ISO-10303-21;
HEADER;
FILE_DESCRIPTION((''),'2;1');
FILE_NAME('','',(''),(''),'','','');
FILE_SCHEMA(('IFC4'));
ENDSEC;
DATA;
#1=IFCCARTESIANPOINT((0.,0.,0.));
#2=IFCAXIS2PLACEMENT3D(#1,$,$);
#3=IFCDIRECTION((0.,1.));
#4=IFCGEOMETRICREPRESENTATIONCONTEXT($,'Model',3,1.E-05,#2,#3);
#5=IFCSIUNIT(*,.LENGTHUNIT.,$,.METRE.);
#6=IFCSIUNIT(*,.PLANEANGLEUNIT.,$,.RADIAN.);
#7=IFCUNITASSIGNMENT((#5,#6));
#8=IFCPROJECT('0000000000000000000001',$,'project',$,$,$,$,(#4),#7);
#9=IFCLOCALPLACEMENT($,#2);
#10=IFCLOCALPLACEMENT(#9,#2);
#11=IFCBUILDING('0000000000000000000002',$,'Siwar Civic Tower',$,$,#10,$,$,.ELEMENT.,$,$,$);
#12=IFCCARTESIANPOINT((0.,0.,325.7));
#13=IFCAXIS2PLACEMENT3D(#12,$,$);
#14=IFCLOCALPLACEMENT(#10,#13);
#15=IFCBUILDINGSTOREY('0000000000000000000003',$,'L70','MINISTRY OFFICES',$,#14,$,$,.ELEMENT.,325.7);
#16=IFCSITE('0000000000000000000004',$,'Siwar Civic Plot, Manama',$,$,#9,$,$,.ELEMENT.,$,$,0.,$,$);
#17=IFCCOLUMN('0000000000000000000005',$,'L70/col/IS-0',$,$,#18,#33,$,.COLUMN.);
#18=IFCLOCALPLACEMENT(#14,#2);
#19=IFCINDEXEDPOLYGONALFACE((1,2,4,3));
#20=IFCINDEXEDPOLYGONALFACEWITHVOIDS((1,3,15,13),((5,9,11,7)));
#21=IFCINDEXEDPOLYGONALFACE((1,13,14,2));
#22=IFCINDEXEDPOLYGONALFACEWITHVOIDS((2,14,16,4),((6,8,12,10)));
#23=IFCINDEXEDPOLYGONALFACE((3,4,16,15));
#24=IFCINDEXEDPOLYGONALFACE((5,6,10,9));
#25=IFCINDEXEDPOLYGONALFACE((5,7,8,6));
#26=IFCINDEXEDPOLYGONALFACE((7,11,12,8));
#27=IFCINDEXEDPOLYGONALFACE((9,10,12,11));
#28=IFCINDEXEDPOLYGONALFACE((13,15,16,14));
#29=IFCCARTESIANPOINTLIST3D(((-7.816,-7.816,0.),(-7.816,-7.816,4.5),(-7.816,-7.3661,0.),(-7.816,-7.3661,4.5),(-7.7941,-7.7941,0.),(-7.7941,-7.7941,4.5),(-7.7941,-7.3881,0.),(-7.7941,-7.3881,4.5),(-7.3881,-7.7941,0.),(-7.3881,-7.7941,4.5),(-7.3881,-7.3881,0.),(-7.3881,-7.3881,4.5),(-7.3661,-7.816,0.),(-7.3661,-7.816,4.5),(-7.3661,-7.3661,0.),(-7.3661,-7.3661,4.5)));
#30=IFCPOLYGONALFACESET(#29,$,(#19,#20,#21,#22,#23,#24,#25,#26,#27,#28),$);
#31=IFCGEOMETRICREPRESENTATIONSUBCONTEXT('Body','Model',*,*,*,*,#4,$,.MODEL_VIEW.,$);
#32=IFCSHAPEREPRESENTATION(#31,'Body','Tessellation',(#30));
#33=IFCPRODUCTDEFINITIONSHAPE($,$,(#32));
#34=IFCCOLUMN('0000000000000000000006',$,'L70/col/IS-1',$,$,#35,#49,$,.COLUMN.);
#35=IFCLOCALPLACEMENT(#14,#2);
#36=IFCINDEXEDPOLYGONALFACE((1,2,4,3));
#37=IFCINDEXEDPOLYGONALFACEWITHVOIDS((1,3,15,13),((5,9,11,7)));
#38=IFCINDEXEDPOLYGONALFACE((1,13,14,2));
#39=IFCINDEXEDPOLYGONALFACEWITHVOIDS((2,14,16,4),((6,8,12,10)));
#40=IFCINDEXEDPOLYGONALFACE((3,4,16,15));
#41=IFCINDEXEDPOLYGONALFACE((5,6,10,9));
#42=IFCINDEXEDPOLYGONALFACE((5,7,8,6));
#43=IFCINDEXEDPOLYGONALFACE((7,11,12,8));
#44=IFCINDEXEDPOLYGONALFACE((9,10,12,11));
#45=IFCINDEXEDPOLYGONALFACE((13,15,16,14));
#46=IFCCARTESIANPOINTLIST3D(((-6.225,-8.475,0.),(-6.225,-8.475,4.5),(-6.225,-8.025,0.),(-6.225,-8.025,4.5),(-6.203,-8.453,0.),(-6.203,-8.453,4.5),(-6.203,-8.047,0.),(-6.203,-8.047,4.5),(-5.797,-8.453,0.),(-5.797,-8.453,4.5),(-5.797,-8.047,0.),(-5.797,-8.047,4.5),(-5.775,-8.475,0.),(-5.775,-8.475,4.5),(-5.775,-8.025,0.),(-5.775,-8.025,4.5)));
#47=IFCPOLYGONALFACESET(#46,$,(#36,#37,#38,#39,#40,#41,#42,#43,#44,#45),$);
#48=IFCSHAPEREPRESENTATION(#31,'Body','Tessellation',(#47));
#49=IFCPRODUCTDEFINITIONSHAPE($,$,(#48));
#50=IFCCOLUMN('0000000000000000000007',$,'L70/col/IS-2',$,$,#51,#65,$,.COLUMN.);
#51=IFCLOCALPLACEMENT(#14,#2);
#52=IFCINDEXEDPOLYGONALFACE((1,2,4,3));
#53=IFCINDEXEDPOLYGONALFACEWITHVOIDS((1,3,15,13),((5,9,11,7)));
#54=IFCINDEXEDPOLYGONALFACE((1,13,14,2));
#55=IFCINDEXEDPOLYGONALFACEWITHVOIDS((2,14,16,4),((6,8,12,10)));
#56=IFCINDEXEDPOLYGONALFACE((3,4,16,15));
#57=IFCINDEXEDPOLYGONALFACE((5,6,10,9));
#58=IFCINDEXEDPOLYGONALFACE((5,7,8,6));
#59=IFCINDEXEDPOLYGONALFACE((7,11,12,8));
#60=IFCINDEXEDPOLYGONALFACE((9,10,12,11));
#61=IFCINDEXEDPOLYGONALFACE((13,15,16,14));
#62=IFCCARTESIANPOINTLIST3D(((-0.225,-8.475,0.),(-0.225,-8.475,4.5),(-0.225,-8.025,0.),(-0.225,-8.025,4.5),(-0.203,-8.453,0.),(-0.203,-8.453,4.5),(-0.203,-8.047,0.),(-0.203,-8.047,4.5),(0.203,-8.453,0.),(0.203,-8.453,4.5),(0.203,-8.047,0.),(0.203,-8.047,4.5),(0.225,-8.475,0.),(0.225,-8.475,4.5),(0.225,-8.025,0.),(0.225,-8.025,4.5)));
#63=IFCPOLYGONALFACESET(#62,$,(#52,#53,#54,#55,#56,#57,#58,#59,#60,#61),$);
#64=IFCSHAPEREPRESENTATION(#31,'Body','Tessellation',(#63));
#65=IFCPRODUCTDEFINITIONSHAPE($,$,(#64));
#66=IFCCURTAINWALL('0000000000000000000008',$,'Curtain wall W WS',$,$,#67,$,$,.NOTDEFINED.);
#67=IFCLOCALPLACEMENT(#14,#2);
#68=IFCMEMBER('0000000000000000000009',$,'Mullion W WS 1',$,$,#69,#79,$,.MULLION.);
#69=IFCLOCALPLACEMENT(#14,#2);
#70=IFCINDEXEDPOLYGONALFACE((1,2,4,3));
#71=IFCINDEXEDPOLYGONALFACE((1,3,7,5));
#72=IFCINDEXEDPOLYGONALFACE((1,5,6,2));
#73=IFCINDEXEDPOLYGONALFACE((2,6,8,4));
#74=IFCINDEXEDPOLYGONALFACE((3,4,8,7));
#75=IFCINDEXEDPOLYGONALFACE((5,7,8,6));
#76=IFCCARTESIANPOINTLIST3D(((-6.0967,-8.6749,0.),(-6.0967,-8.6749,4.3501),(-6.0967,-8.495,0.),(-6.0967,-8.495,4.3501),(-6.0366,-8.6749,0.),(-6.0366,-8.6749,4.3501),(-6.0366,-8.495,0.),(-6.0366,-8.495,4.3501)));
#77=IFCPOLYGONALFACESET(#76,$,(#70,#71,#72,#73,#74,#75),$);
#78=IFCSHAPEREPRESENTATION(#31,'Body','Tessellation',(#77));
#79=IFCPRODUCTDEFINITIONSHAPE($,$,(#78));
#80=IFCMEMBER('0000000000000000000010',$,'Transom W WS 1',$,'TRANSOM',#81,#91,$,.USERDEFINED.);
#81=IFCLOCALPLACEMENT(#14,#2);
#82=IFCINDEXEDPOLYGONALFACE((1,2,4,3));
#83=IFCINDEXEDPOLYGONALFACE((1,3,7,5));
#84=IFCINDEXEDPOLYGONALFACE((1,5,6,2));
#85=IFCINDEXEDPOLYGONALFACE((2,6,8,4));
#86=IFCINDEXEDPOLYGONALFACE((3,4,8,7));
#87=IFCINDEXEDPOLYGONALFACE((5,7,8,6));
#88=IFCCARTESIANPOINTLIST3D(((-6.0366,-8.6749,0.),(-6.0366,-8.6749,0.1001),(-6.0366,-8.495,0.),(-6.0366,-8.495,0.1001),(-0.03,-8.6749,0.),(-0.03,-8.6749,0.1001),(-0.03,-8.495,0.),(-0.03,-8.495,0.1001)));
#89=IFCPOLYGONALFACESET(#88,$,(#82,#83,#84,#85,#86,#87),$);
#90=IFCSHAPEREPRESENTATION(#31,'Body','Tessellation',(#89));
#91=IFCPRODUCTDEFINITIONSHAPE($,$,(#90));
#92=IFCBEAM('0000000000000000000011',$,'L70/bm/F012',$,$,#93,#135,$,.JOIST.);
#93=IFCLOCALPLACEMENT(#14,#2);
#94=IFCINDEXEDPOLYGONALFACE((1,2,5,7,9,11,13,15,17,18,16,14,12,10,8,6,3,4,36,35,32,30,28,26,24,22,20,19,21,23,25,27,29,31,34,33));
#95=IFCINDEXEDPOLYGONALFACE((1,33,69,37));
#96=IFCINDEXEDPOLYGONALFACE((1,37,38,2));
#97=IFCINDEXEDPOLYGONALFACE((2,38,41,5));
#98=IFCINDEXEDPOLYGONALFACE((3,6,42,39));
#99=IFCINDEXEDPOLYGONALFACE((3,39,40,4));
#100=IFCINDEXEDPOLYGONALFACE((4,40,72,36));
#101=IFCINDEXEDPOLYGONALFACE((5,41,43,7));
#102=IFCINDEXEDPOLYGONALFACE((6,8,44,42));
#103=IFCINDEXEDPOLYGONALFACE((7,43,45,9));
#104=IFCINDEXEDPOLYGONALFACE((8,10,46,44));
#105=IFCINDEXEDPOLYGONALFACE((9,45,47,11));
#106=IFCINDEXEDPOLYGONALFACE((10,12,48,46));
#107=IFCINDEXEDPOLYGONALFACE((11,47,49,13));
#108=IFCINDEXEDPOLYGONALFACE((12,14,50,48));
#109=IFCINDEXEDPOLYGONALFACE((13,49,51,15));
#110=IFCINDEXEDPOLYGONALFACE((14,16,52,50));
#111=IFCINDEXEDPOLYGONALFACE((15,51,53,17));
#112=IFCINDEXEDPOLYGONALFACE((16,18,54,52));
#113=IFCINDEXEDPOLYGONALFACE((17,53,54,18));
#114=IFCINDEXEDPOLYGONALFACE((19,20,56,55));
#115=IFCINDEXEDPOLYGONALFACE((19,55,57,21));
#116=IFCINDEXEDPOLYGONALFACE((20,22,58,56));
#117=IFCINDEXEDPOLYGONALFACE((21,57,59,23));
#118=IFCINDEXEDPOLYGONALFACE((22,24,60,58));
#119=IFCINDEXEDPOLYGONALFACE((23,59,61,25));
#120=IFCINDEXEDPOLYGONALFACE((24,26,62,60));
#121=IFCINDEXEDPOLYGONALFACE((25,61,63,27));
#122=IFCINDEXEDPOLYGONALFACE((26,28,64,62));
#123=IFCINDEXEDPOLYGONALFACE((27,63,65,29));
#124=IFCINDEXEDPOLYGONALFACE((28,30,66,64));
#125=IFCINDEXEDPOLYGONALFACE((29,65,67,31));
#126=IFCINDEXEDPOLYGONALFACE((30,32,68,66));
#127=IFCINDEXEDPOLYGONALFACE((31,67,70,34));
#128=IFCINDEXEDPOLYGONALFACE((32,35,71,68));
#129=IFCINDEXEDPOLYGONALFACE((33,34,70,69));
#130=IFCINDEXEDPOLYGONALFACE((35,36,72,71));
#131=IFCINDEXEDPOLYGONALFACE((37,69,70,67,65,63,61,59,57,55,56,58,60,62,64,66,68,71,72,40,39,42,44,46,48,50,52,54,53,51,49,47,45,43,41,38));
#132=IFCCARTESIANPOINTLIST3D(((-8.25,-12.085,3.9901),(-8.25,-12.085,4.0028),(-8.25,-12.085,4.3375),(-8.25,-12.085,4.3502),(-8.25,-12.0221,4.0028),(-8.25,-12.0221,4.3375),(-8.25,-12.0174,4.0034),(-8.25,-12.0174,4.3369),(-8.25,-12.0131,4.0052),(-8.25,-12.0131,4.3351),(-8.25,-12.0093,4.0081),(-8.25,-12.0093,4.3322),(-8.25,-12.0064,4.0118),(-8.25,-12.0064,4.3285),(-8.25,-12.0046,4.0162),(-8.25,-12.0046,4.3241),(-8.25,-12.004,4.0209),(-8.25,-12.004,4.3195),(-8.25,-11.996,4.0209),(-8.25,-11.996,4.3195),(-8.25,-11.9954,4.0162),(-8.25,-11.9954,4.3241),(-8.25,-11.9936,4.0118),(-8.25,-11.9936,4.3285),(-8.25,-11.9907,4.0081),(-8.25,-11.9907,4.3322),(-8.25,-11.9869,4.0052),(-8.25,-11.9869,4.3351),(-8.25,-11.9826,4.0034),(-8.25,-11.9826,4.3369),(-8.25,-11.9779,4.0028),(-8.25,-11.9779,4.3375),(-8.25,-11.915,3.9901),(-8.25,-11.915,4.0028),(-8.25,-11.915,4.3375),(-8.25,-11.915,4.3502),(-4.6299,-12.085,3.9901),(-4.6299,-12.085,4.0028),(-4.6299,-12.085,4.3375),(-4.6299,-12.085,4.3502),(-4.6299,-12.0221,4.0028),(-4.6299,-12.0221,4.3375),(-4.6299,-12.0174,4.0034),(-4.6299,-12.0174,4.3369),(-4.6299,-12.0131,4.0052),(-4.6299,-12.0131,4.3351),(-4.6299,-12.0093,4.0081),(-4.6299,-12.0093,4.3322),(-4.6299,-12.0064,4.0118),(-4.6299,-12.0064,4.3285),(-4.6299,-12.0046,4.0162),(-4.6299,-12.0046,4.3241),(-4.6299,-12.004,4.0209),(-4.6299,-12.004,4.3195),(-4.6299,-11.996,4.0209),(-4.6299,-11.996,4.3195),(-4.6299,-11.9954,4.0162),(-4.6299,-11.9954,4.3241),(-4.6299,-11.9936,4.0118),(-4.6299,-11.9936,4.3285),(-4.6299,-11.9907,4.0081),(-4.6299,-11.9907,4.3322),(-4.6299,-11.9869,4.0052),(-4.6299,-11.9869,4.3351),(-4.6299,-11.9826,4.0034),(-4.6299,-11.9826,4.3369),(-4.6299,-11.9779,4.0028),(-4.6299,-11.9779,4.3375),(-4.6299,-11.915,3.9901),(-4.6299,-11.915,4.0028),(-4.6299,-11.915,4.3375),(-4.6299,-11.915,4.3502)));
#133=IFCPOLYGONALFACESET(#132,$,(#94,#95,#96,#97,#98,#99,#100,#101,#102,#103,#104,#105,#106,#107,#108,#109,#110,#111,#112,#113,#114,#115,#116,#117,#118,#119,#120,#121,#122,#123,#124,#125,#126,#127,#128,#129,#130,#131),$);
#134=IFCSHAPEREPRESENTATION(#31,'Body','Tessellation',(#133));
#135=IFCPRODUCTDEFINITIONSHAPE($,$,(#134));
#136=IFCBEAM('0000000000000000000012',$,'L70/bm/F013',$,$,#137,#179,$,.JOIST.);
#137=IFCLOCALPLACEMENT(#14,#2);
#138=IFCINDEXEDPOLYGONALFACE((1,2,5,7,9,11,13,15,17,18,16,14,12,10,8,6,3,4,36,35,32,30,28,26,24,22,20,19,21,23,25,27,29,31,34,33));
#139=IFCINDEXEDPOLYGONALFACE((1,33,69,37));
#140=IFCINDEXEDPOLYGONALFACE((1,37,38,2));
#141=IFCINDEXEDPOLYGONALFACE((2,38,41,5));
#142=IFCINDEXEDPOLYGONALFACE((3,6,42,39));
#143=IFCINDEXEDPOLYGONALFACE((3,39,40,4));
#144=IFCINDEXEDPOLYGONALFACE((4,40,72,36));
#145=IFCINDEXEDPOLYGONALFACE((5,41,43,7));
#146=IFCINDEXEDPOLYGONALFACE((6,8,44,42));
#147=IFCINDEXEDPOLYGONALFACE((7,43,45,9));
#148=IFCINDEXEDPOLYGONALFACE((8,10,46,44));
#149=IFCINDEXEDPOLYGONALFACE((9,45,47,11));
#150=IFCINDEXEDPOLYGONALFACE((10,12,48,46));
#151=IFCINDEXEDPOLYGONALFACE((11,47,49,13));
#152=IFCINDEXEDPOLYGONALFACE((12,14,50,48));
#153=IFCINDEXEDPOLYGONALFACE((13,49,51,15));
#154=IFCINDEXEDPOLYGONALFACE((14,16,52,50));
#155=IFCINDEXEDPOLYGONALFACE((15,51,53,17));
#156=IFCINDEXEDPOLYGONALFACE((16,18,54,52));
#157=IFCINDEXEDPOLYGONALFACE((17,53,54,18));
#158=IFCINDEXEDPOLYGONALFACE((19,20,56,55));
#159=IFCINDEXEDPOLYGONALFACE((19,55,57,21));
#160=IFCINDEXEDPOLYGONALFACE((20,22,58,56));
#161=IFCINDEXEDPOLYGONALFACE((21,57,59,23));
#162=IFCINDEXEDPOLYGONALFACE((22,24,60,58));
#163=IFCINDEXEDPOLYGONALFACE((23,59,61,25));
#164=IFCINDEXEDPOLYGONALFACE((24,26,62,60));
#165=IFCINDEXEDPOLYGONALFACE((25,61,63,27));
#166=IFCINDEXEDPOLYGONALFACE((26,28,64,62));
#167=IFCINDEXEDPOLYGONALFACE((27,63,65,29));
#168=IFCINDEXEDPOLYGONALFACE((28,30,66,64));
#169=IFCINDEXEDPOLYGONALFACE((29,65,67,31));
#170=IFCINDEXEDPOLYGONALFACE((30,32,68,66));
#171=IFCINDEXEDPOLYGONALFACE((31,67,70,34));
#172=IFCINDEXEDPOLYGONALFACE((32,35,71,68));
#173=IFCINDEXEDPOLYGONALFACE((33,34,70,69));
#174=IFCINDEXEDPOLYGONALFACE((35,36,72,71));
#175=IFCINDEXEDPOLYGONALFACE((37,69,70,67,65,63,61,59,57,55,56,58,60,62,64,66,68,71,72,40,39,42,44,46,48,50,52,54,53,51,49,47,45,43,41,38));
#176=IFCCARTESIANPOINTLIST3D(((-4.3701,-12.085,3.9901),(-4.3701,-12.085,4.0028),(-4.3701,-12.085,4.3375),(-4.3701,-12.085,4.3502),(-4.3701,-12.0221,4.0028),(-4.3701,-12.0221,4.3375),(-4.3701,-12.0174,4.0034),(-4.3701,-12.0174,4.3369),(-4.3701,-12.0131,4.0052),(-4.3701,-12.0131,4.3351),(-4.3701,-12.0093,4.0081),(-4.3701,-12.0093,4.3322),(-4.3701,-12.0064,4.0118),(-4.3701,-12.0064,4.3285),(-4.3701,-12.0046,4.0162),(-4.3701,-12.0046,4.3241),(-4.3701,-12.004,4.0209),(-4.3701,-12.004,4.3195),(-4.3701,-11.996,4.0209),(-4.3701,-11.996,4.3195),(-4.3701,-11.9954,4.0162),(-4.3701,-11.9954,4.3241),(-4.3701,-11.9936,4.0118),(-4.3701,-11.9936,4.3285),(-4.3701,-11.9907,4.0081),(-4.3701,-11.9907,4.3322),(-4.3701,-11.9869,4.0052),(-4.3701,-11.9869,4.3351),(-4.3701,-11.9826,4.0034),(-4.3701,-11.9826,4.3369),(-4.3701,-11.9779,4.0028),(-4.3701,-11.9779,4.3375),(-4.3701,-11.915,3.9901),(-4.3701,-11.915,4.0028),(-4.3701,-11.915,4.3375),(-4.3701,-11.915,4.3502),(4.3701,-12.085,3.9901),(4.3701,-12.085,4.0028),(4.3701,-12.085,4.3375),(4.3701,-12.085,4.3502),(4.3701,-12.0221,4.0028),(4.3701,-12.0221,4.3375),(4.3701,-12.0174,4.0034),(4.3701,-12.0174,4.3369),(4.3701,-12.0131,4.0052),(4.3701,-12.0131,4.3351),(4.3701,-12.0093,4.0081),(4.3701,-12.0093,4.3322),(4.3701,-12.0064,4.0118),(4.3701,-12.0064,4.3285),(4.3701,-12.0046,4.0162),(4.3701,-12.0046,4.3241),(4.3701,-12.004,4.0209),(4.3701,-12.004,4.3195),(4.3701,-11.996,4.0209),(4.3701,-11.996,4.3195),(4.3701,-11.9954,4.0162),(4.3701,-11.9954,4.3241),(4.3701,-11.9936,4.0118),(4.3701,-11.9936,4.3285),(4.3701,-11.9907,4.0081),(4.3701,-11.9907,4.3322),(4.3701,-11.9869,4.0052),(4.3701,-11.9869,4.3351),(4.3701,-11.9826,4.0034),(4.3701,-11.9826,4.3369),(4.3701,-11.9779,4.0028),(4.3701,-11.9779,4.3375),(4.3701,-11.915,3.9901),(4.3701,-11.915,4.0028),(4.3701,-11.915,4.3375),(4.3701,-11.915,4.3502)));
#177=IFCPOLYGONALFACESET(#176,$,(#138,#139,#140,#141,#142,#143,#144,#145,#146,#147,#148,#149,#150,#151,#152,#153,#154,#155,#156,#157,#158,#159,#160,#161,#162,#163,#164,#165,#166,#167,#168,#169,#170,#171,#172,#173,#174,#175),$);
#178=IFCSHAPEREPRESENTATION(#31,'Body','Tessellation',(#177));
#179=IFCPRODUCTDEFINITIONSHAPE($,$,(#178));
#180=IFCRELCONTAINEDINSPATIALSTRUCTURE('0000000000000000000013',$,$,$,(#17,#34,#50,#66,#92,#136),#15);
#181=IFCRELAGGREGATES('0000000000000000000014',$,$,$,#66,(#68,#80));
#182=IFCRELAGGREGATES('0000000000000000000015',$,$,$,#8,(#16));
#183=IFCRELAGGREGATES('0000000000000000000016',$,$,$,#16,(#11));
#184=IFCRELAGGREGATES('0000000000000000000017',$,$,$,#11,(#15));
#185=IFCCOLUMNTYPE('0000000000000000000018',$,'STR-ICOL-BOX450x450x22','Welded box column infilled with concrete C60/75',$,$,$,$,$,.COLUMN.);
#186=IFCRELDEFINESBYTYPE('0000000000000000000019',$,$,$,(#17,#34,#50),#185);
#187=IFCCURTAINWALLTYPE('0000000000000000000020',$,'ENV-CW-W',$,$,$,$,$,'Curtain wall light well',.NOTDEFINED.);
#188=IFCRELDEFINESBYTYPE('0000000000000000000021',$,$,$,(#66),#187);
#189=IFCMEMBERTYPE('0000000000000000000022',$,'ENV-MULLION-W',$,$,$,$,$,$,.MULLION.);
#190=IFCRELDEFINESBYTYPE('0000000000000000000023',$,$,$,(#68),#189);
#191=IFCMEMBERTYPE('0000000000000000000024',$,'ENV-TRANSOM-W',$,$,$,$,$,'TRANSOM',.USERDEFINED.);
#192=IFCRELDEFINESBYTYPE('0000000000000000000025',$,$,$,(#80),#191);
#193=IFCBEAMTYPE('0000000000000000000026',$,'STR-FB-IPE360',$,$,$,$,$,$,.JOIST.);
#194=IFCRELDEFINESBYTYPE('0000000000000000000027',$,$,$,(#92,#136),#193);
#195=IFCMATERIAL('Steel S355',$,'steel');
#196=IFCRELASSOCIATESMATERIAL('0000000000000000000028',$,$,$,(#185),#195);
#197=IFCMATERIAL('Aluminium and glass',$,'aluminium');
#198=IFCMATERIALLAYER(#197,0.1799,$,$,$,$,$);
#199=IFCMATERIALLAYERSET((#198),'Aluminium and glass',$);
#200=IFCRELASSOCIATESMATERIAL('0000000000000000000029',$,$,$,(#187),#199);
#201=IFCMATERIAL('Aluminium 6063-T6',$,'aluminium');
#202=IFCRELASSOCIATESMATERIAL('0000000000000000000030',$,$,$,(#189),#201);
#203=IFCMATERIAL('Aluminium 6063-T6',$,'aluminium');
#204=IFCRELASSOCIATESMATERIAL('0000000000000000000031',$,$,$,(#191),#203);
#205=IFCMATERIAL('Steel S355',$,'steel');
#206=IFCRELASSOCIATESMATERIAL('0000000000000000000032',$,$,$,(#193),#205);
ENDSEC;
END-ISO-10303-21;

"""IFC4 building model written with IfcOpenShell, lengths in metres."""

from ifc_helpers import new_model, si_unit, direction, frame, origin, origin_2d, place, context, subcontext, project, spatial, rectangle, hollow_rectangle, i_section, extrude, material, layer, layer_set, material_profile, profile_set, type_object, element, aggregate, save


model = new_model("IFC4")

# Units and contexts
model_context = context("Model", 3, precision=1e-05, world=origin(), true_north=direction((0.0, 1.0)))
body_context = subcontext(model_context, "Body", "Model", "MODEL_VIEW")
ifc_project = project(units=[si_unit("LENGTHUNIT", "METRE"), si_unit("PLANEANGLEUNIT", "RADIAN")], contexts=[model_context])

# Site, building, storey
site_placement = place(None, origin())
site = spatial("IfcSite", under=ifc_project, at=site_placement, Name="Siwar Civic Plot, Manama", CompositionType="ELEMENT", RefElevation=0.0)
building_placement = place(site_placement, origin())
building = spatial("IfcBuilding", under=site, at=building_placement, Name="Siwar Civic Tower", CompositionType="ELEMENT")
storey_placement = place(building_placement, frame((0.0, 0.0, 325.7)))
storey = spatial("IfcBuildingStorey", under=building, at=storey_placement, Name="L70", Description="MINISTRY OFFICES", CompositionType="ELEMENT", Elevation=325.7)

# Columns
ifc_material_1 = material(Name="Steel S355", Category="steel")
ifc_material_profile_1 = material_profile(ifc_material_1, hollow_rectangle(XDim=0.45, YDim=0.45, WallThickness=0.022, at=origin_2d()), Name="BOX450x450x22")
ifc_profile_set_1 = profile_set([ifc_material_profile_1], Name="Steel S355")
column_type = type_object("IfcColumnType", Name="STR-ICOL-BOX450x450x22", Description="Welded box column infilled with concrete C60/75", PredefinedType="COLUMN", material=ifc_profile_set_1)
for number, where, z_axis, x_axis, name in (
    (1, (-7.5911, -7.5911, 0.0), (0.0, 0.0, 1.0), (1.0, 0.0, 0.0), "L70/col/IS-0"),
    (2, (-6.0, -8.25, 0.0), (0.0, 0.0, 1.0), (1.0, 0.0, 0.0), "L70/col/IS-1"),
    (3, (0.0, -8.25, 0.0), (0.0, 0.0, 1.0), (1.0, 0.0, 0.0), "L70/col/IS-2"),
):
    element("IfcColumn", number, at=place(storey_placement, frame(where, z_axis=z_axis, x_axis=x_axis)), inside=storey, type_object=column_type, Name=name, PredefinedType="COLUMN", context=body_context, shape_type="SweptSolid", body=[
        extrude(hollow_rectangle(XDim=0.45, YDim=0.45, WallThickness=0.022, at=origin_2d()), origin(), (0.0, 0.0, 1.0), 4.5),
    ])

# Curtain wall, members
ifc_material_2 = material(Name="Aluminium and glass", Category="aluminium")
ifc_layer_1 = layer(ifc_material_2, 0.1799)
ifc_layer_set_1 = layer_set([ifc_layer_1], Name="Aluminium and glass")
curtain_wall_type = type_object("IfcCurtainWallType", Name="ENV-CW-W", ElementType="Curtain wall light well", PredefinedType="NOTDEFINED", material=ifc_layer_set_1)
curtain_wall_placement = place(storey_placement, origin())
curtain_wall = element("IfcCurtainWall", 4, at=curtain_wall_placement, inside=storey, type_object=curtain_wall_type, Name="Curtain wall W WS", PredefinedType="NOTDEFINED")
ifc_material_3 = material(Name="Aluminium 6063-T6", Category="aluminium")
ifc_material_profile_2 = material_profile(ifc_material_3, rectangle(XDim=0.1799, YDim=0.0601, at=origin_2d()), Name="AL 180x60")
ifc_profile_set_2 = profile_set([ifc_material_profile_2], Name="Aluminium 6063-T6")
member_type_1 = type_object("IfcMemberType", Name="ENV-MULLION-W", PredefinedType="MULLION", material=ifc_profile_set_2)
member_1_placement = place(storey_placement, frame((-6.0667, -8.585, 0.0), z_axis=(0.0, 0.0, 1.0), x_axis=(0.0, 1.0, 0.0)))
member_1 = element("IfcMember", 5, at=member_1_placement, type_object=member_type_1, Name="Mullion W WS 1", PredefinedType="MULLION", context=body_context, shape_type="SweptSolid", body=[
    extrude(rectangle(XDim=0.1799, YDim=0.0601, at=origin_2d()), origin(), (0.0, 0.0, 1.0), 4.3501),
])
ifc_material_4 = material(Name="Aluminium 6063-T6", Category="aluminium")
ifc_material_profile_3 = material_profile(ifc_material_4, rectangle(XDim=0.1799, YDim=0.1001, at=origin_2d()), Name="AL 180x100")
ifc_profile_set_3 = profile_set([ifc_material_profile_3], Name="Aluminium 6063-T6")
member_type_2 = type_object("IfcMemberType", Name="ENV-TRANSOM-W", ElementType="TRANSOM", PredefinedType="USERDEFINED", material=ifc_profile_set_3)
member_2_placement = place(storey_placement, frame((-6.0366, -8.585, 0.05), z_axis=(1.0, 0.0, 0.0), x_axis=(0.0, 1.0, 0.0)))
member_2 = element("IfcMember", 6, at=member_2_placement, type_object=member_type_2, Name="Transom W WS 1", ObjectType="TRANSOM", PredefinedType="USERDEFINED", context=body_context, shape_type="SweptSolid", body=[
    extrude(rectangle(XDim=0.1799, YDim=0.1001, at=origin_2d()), origin(), (0.0, 0.0, 1.0), 6.0066),
])

# Beams
ifc_material_5 = material(Name="Steel S355", Category="steel")
ifc_material_profile_4 = material_profile(ifc_material_5, i_section(OverallWidth=0.1699, OverallDepth=0.3601, WebThickness=0.0081, FlangeThickness=0.0127, FilletRadius=0.0181, at=origin_2d()), Name="IPE360")
ifc_profile_set_4 = profile_set([ifc_material_profile_4], Name="Steel S355")
beam_type_1 = type_object("IfcBeamType", Name="STR-FB-IPE360", PredefinedType="JOIST", material=ifc_profile_set_4)
beam_1_placement = place(storey_placement, frame((-8.25, -12.0, 4.1702), z_axis=(1.0, 0.0, 0.0), x_axis=(0.0, 1.0, 0.0)))
element("IfcBeam", 7, at=beam_1_placement, inside=storey, type_object=beam_type_1, Name="L70/bm/F012", PredefinedType="JOIST", context=body_context, shape_type="SweptSolid", body=[
    extrude(i_section(OverallWidth=0.1699, OverallDepth=0.3601, WebThickness=0.0081, FlangeThickness=0.0127, FilletRadius=0.0181, at=origin_2d()), origin(), (0.0, 0.0, 1.0), 3.6201),
])
beam_2_placement = place(storey_placement, frame((-4.3701, -12.0, 4.1702), z_axis=(1.0, 0.0, 0.0), x_axis=(0.0, 1.0, 0.0)))
element("IfcBeam", 8, at=beam_2_placement, inside=storey, type_object=beam_type_1, Name="L70/bm/F013", PredefinedType="JOIST", context=body_context, shape_type="SweptSolid", body=[
    extrude(i_section(OverallWidth=0.1699, OverallDepth=0.3601, WebThickness=0.0081, FlangeThickness=0.0127, FilletRadius=0.0181, at=origin_2d()), origin(), (0.0, 0.0, 1.0), 8.7402),
])

aggregate(curtain_wall, [member_1, member_2])

save(model, "model.ifc")
